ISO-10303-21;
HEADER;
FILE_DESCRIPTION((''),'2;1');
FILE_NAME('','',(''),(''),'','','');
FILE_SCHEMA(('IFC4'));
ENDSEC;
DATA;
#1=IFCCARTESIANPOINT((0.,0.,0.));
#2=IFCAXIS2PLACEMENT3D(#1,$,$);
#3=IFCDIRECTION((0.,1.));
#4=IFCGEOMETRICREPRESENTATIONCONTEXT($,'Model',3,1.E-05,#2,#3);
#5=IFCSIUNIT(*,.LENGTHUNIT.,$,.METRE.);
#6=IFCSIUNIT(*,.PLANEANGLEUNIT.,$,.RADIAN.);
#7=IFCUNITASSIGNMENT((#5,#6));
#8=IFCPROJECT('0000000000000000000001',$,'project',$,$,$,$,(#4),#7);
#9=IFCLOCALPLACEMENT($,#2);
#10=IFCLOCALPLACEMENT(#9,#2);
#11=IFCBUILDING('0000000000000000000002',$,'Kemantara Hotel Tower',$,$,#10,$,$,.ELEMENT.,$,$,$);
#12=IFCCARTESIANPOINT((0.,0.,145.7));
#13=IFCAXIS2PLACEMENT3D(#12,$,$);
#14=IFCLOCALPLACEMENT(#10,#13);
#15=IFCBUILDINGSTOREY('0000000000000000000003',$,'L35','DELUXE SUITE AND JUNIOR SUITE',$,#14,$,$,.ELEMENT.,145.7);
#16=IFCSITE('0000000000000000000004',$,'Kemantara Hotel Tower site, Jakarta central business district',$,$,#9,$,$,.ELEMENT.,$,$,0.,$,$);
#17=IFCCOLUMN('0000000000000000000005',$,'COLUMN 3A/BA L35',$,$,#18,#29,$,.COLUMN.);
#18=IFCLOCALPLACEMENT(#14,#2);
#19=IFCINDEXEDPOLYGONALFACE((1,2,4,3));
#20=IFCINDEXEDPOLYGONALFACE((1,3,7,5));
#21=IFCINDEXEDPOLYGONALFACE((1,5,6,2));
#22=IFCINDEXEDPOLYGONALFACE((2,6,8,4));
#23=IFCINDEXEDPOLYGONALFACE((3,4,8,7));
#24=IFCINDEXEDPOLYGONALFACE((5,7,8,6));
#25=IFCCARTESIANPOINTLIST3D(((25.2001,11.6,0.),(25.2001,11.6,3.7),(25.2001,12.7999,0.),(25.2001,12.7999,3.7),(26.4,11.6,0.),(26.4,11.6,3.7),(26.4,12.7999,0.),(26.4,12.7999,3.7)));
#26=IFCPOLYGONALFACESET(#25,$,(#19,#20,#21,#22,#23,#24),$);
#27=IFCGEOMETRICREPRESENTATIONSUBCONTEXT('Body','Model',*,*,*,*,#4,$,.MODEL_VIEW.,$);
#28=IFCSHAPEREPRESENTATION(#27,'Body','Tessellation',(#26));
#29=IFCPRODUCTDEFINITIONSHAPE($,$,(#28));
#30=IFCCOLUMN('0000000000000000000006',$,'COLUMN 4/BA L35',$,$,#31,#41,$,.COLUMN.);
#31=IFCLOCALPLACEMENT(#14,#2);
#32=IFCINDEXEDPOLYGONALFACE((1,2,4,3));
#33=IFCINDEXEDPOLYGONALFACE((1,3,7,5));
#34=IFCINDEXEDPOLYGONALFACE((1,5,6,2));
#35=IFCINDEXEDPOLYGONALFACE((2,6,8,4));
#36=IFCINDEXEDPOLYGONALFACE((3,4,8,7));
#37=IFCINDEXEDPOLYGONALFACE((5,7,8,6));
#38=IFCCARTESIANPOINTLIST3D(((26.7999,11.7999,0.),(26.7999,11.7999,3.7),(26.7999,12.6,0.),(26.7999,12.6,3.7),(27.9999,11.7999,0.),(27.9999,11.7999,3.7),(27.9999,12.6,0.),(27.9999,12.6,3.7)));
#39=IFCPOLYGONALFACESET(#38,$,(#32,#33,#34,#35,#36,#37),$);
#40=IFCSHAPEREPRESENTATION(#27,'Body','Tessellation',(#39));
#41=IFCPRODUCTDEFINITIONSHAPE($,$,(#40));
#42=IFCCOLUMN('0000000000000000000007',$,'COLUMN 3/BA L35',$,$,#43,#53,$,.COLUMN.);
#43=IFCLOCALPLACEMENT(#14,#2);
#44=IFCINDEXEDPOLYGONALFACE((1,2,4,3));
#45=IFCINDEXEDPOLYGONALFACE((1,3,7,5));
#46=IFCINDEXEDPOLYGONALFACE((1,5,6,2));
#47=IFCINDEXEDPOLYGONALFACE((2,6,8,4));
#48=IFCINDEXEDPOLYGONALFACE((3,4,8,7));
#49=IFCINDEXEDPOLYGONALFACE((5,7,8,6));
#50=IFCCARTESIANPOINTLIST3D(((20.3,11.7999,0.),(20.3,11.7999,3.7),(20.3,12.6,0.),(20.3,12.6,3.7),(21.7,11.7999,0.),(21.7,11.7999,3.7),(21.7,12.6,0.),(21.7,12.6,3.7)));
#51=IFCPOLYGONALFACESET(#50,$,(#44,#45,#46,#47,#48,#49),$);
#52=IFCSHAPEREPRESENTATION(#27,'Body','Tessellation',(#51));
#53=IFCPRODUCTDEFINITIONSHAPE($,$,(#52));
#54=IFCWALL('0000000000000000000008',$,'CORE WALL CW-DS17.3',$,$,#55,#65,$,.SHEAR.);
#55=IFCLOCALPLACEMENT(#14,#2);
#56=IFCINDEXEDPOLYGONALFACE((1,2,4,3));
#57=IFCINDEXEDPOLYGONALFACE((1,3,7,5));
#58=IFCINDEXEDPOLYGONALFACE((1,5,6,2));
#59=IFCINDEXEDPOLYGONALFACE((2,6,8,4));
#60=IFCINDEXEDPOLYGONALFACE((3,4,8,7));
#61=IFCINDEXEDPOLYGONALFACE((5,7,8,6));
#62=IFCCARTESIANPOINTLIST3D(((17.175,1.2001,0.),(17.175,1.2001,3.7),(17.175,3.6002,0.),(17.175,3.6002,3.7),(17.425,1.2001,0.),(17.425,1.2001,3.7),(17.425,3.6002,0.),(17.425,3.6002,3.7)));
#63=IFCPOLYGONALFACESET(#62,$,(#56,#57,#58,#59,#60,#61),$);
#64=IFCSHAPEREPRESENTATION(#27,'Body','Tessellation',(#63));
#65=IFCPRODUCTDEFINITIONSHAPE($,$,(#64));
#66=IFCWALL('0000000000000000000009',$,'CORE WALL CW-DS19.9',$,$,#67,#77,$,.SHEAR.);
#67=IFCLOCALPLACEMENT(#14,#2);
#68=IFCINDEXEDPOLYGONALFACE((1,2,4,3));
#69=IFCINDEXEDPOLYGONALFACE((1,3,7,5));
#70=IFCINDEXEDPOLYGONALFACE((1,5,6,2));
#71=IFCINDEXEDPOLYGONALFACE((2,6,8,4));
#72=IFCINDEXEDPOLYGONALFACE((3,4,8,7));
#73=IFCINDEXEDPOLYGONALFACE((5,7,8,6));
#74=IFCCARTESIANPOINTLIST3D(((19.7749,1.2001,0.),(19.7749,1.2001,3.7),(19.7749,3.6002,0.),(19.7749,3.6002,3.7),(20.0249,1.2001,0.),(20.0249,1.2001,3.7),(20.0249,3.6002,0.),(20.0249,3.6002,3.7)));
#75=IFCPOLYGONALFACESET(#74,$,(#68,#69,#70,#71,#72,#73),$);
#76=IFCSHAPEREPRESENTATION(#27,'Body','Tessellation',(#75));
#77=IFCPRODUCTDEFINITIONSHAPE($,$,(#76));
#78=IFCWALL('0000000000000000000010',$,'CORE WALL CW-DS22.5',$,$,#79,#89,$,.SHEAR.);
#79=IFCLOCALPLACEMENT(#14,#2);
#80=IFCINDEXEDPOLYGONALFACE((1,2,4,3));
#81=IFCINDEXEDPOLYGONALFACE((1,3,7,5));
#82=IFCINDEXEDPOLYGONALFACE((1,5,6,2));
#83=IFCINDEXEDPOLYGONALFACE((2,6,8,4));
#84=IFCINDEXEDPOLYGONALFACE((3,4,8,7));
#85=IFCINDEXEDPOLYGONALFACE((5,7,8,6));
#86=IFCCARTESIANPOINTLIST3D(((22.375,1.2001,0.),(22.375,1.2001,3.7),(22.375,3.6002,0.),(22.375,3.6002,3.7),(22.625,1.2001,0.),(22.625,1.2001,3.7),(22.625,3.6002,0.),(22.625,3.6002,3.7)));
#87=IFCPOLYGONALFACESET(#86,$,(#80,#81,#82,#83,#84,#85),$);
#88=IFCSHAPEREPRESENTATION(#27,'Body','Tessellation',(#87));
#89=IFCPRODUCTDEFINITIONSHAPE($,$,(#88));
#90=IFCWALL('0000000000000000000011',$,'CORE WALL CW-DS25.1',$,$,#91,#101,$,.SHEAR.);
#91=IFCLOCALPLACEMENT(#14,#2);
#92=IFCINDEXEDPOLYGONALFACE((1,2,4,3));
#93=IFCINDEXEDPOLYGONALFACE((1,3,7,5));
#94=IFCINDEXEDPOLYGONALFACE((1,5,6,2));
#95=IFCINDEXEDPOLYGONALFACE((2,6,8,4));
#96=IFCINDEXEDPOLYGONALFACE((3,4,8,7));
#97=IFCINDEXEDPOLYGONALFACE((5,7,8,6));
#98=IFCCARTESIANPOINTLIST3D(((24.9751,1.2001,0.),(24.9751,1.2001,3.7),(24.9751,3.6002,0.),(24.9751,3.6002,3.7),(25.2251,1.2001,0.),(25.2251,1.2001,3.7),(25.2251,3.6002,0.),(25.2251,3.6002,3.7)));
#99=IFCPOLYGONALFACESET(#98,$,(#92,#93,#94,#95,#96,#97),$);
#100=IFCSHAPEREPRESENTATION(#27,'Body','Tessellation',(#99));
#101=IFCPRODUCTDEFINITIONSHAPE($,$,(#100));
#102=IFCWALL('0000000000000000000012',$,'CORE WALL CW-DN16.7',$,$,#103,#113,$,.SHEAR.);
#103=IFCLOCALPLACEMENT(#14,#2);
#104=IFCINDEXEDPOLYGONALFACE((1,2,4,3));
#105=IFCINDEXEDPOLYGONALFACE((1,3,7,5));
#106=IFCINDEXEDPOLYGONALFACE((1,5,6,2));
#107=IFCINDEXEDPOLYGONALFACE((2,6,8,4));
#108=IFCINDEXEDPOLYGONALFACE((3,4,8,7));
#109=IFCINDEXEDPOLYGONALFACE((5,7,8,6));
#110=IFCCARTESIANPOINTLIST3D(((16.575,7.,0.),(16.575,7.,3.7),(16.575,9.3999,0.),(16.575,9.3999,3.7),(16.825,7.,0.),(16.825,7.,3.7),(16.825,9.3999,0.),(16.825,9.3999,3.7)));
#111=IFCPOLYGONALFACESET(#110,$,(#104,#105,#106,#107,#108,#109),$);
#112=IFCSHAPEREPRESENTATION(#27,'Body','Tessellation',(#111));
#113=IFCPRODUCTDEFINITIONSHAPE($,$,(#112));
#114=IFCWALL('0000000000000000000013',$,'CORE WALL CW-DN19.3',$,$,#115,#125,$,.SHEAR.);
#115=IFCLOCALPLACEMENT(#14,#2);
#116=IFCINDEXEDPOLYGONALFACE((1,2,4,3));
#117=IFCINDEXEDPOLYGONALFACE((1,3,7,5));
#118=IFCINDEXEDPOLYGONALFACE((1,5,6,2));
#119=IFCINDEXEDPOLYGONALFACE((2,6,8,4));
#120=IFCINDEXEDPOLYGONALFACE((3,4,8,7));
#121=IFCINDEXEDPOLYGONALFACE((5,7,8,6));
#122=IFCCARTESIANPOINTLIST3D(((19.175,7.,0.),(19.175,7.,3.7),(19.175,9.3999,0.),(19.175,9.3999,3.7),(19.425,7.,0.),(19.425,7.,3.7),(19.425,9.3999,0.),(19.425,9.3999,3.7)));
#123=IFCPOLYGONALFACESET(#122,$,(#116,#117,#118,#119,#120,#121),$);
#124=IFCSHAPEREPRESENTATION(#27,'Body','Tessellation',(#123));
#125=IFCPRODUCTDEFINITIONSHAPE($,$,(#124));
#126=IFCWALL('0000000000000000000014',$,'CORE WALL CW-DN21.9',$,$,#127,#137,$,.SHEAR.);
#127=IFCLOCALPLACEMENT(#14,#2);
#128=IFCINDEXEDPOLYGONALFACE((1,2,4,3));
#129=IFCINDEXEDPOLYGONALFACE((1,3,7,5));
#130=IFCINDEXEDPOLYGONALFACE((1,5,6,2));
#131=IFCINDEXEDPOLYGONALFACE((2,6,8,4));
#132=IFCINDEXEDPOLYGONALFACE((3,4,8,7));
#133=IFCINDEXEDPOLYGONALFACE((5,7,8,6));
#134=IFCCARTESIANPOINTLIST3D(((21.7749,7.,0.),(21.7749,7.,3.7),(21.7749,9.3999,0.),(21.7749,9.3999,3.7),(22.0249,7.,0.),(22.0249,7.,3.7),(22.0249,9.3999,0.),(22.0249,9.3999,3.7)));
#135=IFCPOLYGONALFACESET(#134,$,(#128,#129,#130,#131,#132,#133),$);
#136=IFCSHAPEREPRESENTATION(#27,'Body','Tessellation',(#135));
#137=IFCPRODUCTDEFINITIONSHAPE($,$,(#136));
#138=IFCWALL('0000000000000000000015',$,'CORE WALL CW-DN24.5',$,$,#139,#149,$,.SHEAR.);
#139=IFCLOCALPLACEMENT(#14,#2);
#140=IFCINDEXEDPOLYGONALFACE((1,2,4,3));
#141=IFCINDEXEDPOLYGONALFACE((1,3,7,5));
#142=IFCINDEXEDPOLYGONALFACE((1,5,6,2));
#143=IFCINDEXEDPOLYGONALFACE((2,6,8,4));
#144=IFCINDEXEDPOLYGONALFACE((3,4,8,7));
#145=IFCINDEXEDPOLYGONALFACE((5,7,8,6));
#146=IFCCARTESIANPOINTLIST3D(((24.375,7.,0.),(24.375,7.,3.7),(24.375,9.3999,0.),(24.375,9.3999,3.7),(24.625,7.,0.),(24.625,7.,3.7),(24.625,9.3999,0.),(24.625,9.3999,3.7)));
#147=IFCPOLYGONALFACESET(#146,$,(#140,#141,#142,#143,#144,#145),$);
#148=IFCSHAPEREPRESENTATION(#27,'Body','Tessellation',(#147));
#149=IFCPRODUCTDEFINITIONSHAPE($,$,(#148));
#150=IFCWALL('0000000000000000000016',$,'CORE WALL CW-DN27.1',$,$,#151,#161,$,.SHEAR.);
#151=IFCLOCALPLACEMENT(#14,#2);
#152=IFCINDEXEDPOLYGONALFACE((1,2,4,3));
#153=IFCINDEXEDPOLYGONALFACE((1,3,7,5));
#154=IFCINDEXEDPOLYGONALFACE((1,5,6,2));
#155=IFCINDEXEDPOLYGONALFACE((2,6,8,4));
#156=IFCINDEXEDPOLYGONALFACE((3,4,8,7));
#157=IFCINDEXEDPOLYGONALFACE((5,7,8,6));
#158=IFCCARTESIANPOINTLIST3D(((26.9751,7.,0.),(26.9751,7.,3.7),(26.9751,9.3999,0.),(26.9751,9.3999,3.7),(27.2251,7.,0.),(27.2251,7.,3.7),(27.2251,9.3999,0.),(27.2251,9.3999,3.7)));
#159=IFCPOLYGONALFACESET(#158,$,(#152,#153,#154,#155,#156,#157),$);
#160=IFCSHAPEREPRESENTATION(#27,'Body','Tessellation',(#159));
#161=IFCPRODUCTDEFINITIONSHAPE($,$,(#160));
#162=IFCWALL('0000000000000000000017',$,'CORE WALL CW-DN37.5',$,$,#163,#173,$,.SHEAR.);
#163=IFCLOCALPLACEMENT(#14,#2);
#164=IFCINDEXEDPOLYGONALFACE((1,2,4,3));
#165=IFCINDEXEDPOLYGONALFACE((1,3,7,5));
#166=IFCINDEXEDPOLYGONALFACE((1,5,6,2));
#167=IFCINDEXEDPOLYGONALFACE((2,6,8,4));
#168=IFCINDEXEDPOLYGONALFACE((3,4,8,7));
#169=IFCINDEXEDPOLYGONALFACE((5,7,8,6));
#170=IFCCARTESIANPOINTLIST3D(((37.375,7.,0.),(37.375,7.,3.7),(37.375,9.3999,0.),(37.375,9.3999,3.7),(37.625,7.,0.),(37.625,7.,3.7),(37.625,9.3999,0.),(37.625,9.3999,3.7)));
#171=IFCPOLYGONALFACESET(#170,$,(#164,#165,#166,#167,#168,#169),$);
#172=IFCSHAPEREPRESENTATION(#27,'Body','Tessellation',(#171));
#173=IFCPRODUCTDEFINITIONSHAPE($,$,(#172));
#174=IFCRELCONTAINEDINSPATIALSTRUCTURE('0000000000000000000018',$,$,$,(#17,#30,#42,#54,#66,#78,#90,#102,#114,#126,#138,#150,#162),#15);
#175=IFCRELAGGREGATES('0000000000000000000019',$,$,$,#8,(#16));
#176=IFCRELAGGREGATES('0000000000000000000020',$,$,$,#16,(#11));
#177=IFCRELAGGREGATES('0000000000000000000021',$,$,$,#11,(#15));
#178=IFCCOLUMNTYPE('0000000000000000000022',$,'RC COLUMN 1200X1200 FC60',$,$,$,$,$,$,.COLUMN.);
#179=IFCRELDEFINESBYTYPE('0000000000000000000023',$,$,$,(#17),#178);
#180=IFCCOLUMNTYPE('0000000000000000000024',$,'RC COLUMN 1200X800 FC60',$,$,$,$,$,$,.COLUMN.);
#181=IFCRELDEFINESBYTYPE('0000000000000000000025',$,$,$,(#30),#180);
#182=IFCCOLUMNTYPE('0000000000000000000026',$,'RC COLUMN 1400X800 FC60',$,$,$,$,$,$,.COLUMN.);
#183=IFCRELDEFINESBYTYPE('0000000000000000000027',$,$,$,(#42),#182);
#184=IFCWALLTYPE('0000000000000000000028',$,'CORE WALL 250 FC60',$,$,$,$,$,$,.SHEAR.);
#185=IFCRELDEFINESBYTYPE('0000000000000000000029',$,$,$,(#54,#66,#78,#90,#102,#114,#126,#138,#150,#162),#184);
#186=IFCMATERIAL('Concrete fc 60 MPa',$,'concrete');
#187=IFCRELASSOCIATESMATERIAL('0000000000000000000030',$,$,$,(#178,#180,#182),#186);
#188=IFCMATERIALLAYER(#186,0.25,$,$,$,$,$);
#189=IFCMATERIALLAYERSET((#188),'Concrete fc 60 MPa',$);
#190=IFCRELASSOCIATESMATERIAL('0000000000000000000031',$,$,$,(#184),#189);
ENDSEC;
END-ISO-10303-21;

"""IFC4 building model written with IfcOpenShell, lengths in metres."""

from ifc_helpers import new_model, si_unit, direction, frame, frame_2d, origin, origin_2d, place, context, subcontext, project, spatial, rectangle, extrude, material, layer, layer_set, material_profile, profile_set, type_object, element, save


model = new_model("IFC4")

# Units and contexts
model_context = context("Model", 3, precision=1e-05, world=origin(), true_north=direction((0.0, 1.0)))
body_context = subcontext(model_context, "Body", "Model", "MODEL_VIEW")
ifc_project = project(units=[si_unit("LENGTHUNIT", "METRE"), si_unit("PLANEANGLEUNIT", "RADIAN")], contexts=[model_context])

# Site, building, storey
site_placement = place(None, origin())
site = spatial("IfcSite", under=ifc_project, at=site_placement, Name="Kemantara Hotel Tower site, Jakarta central business district", CompositionType="ELEMENT", RefElevation=0.0)
building_placement = place(site_placement, origin())
building = spatial("IfcBuilding", under=site, at=building_placement, Name="Kemantara Hotel Tower", CompositionType="ELEMENT")
storey_placement = place(building_placement, frame((0.0, 0.0, 145.7)))
storey = spatial("IfcBuildingStorey", under=building, at=storey_placement, Name="L35", Description="DELUXE SUITE AND JUNIOR SUITE", CompositionType="ELEMENT", Elevation=145.7)

# Columns
ifc_material_1 = material(Name="Concrete fc 60 MPa", Category="concrete")
ifc_material_profile_1 = material_profile(ifc_material_1, rectangle(XDim=1.2, YDim=1.2, at=origin_2d()), Name="RC 1200X1200")
ifc_profile_set_1 = profile_set([ifc_material_profile_1], Name="Concrete fc 60 MPa")
column_type_1 = type_object("IfcColumnType", Name="RC COLUMN 1200X1200 FC60", PredefinedType="COLUMN", material=ifc_profile_set_1)
column_1_placement = place(storey_placement, frame((25.8, 12.2, 0.0), z_axis=(0.0, 0.0, 1.0), x_axis=(1.0, 0.0, 0.0)))
element("IfcColumn", 1, at=column_1_placement, inside=storey, type_object=column_type_1, Name="COLUMN 3A/BA L35", PredefinedType="COLUMN", context=body_context, shape_type="SweptSolid", body=[
    extrude(rectangle(XDim=1.2, YDim=1.2, at=origin_2d()), origin(), (0.0, 0.0, 1.0), 3.7),
])
ifc_material_profile_2 = material_profile(ifc_material_1, rectangle(XDim=1.2, YDim=0.8, at=origin_2d()), Name="RC 1200X800")
ifc_profile_set_2 = profile_set([ifc_material_profile_2], Name="Concrete fc 60 MPa")
column_type_2 = type_object("IfcColumnType", Name="RC COLUMN 1200X800 FC60", PredefinedType="COLUMN", material=ifc_profile_set_2)
column_2_placement = place(storey_placement, frame((27.3999, 12.2, 0.0), z_axis=(0.0, 0.0, 1.0), x_axis=(1.0, 0.0, 0.0)))
element("IfcColumn", 2, at=column_2_placement, inside=storey, type_object=column_type_2, Name="COLUMN 4/BA L35", PredefinedType="COLUMN", context=body_context, shape_type="SweptSolid", body=[
    extrude(rectangle(XDim=1.2, YDim=0.8, at=origin_2d()), origin(), (0.0, 0.0, 1.0), 3.7),
])
ifc_material_profile_3 = material_profile(ifc_material_1, rectangle(XDim=1.3999, YDim=0.8, at=origin_2d()), Name="RC 1400X800")
ifc_profile_set_3 = profile_set([ifc_material_profile_3], Name="Concrete fc 60 MPa")
column_type_3 = type_object("IfcColumnType", Name="RC COLUMN 1400X800 FC60", PredefinedType="COLUMN", material=ifc_profile_set_3)
column_3_placement = place(storey_placement, frame((21.0, 12.2, 0.0), z_axis=(0.0, 0.0, 1.0), x_axis=(1.0, 0.0, 0.0)))
element("IfcColumn", 3, at=column_3_placement, inside=storey, type_object=column_type_3, Name="COLUMN 3/BA L35", PredefinedType="COLUMN", context=body_context, shape_type="SweptSolid", body=[
    extrude(rectangle(XDim=1.3999, YDim=0.8, at=origin_2d()), origin(), (0.0, 0.0, 1.0), 3.7),
])

# Walls
ifc_layer_1 = layer(ifc_material_1, 0.25)
ifc_layer_set_1 = layer_set([ifc_layer_1], Name="Concrete fc 60 MPa")
wall_type_1 = type_object("IfcWallType", Name="CORE WALL 250 FC60", PredefinedType="SHEAR", material=ifc_layer_set_1)
for number, where, z_axis, x_axis, name in (
    (4, (17.3, 1.2, 0.0), (0.0, 0.0, 1.0), (0.0, 1.0, 0.0), "CORE WALL CW-DS17.3"),
    (5, (19.8999, 1.2, 0.0), (0.0, 0.0, 1.0), (0.0, 1.0, 0.0), "CORE WALL CW-DS19.9"),
    (6, (22.5, 1.2, 0.0), (0.0, 0.0, 1.0), (0.0, 1.0, 0.0), "CORE WALL CW-DS22.5"),
    (7, (25.1001, 1.2, 0.0), (0.0, 0.0, 1.0), (0.0, 1.0, 0.0), "CORE WALL CW-DS25.1"),
):
    element("IfcWall", number, at=place(storey_placement, frame(where, z_axis=z_axis, x_axis=x_axis)), inside=storey, type_object=wall_type_1, Name=name, PredefinedType="SHEAR", context=body_context, shape_type="SweptSolid", body=[
        extrude(rectangle(XDim=2.4001, YDim=0.25, at=frame_2d((1.2002, 0.0))), origin(), (0.0, 0.0, 1.0), 3.7),
    ])
for number, where, z_axis, x_axis, name in (
    (8, (16.7, 7.0, 0.0), (0.0, 0.0, 1.0), (0.0, 1.0, 0.0), "CORE WALL CW-DN16.7"),
    (9, (19.3, 7.0, 0.0), (0.0, 0.0, 1.0), (0.0, 1.0, 0.0), "CORE WALL CW-DN19.3"),
    (10, (21.8999, 7.0, 0.0), (0.0, 0.0, 1.0), (0.0, 1.0, 0.0), "CORE WALL CW-DN21.9"),
    (11, (24.5, 7.0, 0.0), (0.0, 0.0, 1.0), (0.0, 1.0, 0.0), "CORE WALL CW-DN24.5"),
    (12, (27.1001, 7.0, 0.0), (0.0, 0.0, 1.0), (0.0, 1.0, 0.0), "CORE WALL CW-DN27.1"),
    (13, (37.5, 7.0, 0.0), (0.0, 0.0, 1.0), (0.0, 1.0, 0.0), "CORE WALL CW-DN37.5"),
):
    element("IfcWall", number, at=place(storey_placement, frame(where, z_axis=z_axis, x_axis=x_axis)), inside=storey, type_object=wall_type_1, Name=name, PredefinedType="SHEAR", context=body_context, shape_type="SweptSolid", body=[
        extrude(rectangle(XDim=2.3999, YDim=0.25, at=frame_2d((1.2, 0.0))), origin(), (0.0, 0.0, 1.0), 3.7),
    ])

save(model, "model.ifc")
